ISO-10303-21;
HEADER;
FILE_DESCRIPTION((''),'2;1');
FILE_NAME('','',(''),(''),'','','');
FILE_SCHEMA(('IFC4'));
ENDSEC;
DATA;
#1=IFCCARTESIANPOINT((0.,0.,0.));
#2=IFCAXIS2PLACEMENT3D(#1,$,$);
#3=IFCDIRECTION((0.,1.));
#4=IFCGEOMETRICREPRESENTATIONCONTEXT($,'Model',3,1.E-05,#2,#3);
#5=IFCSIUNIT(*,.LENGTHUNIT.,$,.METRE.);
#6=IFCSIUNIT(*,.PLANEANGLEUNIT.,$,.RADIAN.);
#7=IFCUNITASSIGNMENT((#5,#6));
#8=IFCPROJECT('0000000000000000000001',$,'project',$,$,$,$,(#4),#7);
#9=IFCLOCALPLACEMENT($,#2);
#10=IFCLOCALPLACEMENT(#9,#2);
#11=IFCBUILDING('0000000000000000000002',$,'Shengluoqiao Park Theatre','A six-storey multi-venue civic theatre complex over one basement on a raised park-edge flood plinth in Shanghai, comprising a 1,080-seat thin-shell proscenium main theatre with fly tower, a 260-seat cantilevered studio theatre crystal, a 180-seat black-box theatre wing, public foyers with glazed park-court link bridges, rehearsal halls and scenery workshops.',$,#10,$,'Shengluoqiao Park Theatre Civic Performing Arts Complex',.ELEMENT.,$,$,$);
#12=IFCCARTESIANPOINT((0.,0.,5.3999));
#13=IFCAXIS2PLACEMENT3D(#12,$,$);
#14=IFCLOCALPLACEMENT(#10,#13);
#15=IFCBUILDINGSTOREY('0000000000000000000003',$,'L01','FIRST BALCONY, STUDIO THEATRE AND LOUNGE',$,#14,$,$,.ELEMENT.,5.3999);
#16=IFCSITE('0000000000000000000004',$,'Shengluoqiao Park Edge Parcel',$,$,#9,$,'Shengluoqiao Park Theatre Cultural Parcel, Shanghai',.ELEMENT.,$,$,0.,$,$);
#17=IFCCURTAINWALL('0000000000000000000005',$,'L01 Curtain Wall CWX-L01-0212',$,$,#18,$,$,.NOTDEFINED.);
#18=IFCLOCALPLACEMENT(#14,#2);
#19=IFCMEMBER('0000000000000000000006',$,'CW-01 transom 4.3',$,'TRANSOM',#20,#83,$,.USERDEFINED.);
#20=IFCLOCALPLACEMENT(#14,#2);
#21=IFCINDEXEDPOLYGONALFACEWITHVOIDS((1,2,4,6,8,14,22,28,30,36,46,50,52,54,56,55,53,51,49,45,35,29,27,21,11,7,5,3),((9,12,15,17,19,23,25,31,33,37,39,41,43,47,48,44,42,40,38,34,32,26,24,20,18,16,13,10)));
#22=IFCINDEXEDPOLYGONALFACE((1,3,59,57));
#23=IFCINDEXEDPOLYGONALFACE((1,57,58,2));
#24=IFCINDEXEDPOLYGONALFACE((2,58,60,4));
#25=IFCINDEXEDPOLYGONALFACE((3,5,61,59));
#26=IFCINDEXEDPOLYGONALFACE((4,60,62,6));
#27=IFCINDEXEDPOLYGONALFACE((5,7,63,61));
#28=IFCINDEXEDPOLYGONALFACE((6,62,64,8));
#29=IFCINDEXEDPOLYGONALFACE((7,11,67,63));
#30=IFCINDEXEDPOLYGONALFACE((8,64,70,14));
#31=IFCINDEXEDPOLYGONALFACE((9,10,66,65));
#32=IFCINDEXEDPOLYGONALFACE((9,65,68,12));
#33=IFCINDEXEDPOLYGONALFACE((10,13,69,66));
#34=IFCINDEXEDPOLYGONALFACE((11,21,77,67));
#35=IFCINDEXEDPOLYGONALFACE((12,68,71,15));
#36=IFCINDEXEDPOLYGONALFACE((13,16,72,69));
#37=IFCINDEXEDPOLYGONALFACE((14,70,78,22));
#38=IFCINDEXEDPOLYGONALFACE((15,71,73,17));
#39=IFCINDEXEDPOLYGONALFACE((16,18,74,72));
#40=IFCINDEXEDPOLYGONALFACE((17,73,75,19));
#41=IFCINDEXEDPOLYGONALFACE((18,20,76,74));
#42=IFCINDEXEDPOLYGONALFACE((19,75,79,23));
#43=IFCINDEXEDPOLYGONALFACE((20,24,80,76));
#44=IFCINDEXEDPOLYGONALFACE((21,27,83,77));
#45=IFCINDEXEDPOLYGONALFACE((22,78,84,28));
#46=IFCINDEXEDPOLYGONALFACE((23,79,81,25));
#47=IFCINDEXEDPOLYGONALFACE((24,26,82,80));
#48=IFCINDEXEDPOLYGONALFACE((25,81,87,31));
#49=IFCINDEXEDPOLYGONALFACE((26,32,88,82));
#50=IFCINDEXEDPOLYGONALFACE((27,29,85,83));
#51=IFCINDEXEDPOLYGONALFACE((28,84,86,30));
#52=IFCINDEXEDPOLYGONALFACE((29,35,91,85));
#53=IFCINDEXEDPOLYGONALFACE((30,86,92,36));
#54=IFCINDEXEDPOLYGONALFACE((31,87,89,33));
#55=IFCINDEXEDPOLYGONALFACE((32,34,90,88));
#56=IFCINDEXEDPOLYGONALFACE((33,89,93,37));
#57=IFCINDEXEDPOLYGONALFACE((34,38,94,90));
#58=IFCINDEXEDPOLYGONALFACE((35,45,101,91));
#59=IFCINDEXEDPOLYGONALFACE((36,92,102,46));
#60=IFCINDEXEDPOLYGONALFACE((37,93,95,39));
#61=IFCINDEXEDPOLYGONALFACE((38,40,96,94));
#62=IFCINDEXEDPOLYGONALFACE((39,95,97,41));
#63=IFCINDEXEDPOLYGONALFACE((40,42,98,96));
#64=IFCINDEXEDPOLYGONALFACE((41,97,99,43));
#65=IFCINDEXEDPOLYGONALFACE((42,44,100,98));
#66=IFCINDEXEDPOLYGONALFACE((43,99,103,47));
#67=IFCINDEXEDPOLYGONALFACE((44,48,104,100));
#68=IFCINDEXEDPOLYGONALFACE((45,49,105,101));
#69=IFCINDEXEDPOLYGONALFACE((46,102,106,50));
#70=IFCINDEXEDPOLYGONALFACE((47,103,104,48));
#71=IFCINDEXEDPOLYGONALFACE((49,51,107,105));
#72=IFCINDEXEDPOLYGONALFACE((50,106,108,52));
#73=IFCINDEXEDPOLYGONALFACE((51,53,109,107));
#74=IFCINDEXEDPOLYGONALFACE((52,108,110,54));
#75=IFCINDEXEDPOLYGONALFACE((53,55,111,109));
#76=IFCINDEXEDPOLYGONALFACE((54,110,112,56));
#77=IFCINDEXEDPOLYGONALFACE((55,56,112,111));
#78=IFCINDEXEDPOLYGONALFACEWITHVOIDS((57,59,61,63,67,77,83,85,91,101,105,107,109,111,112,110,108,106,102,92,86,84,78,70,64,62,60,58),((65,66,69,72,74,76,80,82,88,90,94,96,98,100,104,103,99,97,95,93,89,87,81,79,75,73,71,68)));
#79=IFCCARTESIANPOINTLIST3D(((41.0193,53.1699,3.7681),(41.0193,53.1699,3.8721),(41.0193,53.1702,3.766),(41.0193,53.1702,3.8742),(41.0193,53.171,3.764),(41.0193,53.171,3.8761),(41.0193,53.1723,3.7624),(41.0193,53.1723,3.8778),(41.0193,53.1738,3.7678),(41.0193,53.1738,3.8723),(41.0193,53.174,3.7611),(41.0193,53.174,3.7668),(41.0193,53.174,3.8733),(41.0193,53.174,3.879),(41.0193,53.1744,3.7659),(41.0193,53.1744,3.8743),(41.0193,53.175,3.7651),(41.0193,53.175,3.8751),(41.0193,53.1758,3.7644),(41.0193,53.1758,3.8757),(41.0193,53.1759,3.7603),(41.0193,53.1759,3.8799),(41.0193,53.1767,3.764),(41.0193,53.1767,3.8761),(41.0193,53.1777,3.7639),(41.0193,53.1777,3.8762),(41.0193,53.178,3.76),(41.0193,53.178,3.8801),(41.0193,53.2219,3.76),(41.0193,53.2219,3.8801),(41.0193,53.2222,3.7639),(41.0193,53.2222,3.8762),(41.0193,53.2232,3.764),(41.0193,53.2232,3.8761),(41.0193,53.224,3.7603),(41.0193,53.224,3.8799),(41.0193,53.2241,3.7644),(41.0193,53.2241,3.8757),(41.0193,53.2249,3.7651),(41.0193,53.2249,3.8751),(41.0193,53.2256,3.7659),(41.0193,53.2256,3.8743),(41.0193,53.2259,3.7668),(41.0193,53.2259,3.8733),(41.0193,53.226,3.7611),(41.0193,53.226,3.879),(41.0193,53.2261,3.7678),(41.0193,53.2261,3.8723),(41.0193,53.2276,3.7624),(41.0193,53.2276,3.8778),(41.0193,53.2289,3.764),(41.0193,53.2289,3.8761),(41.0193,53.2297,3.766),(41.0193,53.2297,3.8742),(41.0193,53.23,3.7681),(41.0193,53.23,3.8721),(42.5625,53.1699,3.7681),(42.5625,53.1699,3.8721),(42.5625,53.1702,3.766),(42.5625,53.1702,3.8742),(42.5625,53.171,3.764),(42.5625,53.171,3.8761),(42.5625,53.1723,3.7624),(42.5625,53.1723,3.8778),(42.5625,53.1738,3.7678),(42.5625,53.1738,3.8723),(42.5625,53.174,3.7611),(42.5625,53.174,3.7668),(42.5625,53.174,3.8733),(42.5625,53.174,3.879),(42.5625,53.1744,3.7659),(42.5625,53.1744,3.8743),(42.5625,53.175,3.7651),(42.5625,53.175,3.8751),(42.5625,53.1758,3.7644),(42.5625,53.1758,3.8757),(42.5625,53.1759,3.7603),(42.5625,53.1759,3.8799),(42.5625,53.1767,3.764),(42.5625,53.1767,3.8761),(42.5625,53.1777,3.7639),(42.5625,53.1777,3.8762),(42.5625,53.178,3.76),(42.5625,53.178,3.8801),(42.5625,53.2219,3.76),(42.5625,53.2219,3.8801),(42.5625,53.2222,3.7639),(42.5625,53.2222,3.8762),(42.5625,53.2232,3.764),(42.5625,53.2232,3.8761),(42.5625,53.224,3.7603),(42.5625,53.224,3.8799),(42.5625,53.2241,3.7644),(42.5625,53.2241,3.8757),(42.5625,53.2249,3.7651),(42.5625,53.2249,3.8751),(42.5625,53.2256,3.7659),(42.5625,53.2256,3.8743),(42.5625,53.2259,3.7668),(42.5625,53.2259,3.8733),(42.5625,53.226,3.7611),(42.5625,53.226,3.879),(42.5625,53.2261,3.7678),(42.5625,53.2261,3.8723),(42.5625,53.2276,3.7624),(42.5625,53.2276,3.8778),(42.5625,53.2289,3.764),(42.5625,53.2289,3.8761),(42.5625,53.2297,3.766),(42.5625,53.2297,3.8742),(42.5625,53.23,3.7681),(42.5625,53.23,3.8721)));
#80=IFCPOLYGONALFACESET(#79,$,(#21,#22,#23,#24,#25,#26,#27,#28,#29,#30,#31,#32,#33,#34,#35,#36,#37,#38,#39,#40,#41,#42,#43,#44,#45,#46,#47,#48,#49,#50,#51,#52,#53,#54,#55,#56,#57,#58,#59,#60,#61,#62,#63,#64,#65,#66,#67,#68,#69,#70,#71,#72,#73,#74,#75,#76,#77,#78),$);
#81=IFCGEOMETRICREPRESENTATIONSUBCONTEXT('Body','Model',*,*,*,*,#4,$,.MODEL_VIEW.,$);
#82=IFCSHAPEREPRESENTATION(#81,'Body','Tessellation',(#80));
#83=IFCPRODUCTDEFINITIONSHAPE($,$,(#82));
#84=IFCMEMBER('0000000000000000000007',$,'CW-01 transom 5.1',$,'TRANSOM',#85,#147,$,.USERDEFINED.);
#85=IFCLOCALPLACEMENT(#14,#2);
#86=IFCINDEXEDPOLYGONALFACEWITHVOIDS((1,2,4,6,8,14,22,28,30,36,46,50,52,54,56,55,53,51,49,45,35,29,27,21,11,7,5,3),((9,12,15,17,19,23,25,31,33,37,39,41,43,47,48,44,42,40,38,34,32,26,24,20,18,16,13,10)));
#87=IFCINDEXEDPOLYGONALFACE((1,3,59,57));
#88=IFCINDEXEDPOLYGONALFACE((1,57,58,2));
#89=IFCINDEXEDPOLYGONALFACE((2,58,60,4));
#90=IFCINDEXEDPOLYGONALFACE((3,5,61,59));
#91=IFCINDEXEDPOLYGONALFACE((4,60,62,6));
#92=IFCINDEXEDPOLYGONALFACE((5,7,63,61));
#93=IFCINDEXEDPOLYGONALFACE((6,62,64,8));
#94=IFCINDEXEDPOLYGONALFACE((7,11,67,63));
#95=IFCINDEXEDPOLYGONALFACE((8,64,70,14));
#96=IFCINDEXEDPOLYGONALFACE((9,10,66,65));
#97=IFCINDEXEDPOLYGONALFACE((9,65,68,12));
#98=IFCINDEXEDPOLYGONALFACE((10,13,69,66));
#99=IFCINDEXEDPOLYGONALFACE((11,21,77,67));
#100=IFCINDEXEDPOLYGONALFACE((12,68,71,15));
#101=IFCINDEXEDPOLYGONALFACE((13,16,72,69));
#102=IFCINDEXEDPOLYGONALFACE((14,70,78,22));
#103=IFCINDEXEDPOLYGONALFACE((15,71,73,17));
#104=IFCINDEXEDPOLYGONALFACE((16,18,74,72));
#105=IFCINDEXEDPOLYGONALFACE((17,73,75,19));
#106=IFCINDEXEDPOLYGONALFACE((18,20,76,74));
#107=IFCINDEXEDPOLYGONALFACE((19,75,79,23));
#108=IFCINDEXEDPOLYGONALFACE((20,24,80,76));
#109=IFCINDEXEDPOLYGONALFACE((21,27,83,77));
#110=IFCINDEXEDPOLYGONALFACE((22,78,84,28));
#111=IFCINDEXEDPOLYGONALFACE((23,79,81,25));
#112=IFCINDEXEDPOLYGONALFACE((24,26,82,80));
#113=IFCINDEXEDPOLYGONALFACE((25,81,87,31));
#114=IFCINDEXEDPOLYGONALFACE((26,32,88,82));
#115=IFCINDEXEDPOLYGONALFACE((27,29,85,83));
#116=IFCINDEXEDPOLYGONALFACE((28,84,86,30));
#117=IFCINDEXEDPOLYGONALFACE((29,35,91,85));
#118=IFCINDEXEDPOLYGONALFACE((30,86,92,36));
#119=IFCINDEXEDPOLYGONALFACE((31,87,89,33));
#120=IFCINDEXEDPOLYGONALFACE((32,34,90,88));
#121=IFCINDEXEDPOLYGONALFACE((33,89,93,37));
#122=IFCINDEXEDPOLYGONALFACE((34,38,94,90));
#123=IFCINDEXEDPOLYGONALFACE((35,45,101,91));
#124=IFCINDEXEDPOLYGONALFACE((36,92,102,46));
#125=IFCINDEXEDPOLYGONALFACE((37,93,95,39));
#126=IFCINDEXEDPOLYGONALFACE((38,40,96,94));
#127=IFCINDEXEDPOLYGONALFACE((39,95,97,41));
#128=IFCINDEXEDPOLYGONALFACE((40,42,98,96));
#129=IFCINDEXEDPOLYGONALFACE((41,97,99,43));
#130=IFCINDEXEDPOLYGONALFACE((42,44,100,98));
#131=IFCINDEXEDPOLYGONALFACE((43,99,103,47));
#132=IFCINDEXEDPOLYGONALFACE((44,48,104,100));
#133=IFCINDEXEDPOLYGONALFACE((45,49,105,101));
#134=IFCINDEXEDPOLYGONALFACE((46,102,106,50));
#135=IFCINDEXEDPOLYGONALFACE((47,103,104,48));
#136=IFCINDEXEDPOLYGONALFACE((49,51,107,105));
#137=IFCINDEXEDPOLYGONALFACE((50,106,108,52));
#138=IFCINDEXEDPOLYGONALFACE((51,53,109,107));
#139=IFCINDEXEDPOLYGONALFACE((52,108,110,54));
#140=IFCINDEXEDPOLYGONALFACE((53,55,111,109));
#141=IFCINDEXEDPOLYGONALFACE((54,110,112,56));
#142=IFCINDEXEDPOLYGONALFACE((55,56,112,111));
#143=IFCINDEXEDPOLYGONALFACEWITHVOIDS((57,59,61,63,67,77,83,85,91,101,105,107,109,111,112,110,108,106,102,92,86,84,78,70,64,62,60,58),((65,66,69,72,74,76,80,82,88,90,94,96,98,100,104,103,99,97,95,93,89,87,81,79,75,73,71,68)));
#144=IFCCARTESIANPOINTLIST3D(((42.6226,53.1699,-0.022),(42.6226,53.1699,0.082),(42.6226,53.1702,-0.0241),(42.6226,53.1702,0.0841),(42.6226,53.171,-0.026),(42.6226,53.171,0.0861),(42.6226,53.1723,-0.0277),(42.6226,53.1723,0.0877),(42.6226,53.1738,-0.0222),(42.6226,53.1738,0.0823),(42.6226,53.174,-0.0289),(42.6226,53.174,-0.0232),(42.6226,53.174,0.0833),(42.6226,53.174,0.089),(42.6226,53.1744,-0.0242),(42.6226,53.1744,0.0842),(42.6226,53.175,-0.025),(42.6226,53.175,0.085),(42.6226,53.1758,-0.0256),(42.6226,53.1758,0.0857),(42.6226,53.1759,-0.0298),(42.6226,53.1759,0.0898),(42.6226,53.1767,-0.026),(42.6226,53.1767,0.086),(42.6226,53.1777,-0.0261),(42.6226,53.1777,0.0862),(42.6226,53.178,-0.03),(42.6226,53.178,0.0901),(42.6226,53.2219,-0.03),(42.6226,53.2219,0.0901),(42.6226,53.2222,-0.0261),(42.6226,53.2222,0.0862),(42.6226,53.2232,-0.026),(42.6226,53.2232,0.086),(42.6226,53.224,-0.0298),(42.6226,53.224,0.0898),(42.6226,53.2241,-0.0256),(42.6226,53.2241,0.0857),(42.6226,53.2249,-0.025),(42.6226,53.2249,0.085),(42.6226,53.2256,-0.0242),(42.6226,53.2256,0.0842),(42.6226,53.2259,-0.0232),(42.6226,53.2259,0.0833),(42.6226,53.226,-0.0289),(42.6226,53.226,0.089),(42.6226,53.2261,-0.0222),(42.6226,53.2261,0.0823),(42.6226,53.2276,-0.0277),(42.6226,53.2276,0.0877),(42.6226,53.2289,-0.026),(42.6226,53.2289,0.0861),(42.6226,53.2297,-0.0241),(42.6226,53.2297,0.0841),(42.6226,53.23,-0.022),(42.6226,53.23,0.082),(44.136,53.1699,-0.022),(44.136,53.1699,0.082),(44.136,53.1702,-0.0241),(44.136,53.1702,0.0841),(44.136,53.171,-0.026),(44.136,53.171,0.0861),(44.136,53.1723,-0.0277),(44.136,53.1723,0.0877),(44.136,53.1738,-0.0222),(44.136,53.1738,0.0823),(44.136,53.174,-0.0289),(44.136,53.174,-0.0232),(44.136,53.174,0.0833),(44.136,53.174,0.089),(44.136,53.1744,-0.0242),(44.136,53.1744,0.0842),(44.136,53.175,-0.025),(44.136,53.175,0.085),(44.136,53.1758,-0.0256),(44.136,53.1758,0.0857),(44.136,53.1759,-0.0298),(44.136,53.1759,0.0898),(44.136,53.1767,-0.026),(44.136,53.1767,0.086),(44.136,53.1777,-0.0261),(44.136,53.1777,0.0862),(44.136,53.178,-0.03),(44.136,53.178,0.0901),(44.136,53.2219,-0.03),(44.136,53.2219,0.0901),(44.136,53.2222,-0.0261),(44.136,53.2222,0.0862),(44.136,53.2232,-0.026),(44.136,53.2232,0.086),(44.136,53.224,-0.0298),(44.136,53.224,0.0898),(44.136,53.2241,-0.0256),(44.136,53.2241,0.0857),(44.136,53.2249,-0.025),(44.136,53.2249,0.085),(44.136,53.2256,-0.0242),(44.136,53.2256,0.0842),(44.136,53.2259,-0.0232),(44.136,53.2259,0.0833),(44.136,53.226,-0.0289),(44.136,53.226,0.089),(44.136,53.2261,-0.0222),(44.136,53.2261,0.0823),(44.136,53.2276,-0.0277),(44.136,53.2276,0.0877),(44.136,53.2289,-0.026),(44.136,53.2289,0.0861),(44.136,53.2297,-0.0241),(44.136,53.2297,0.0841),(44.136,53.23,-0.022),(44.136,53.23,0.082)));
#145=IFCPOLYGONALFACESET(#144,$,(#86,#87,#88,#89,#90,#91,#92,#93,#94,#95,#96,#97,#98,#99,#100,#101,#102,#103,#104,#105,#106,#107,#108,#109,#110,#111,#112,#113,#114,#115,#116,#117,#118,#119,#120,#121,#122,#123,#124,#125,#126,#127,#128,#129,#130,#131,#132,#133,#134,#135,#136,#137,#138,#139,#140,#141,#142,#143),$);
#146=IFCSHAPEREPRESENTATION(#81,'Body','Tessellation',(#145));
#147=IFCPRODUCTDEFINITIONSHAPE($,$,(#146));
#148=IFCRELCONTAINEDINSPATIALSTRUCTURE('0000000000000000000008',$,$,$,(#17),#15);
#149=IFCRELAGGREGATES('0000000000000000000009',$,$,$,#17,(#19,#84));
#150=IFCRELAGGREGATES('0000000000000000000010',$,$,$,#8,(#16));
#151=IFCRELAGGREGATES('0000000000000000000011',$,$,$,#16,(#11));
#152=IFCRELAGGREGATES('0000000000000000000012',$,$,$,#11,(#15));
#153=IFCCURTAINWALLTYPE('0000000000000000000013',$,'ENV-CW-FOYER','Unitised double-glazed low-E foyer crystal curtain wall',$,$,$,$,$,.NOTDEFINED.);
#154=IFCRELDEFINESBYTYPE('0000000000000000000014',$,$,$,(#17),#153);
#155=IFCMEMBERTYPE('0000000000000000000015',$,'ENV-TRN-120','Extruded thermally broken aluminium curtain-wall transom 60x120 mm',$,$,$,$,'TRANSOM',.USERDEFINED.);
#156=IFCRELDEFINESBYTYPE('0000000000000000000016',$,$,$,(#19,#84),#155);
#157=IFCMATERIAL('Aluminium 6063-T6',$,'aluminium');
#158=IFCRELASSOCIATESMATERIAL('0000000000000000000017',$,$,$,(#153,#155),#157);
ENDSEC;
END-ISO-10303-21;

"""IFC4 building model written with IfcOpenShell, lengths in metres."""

from ifc_helpers import new_model, si_unit, direction, frame, origin, origin_2d, place, context, subcontext, project, spatial, hollow_rectangle, extrude, material, material_profile, profile_set, type_object, element, aggregate, save


model = new_model("IFC4")

# Units and contexts
model_context = context("Model", 3, precision=1e-05, world=origin(), true_north=direction((0.0, 1.0)))
body_context = subcontext(model_context, "Body", "Model", "MODEL_VIEW")
ifc_project = project(units=[si_unit("LENGTHUNIT", "METRE"), si_unit("PLANEANGLEUNIT", "RADIAN")], contexts=[model_context])

# Site, building, storey
site_placement = place(None, origin())
site = spatial("IfcSite", under=ifc_project, at=site_placement, Name="Shengluoqiao Park Edge Parcel", LongName="Shengluoqiao Park Theatre Cultural Parcel, Shanghai", CompositionType="ELEMENT", RefElevation=0.0)
building_placement = place(site_placement, origin())
building = spatial("IfcBuilding", under=site, at=building_placement, Name="Shengluoqiao Park Theatre", Description="A six-storey multi-venue civic theatre complex over one basement on a raised park-edge flood plinth in Shanghai, comprising a 1,080-seat thin-shell proscenium main theatre with fly tower, a 260-seat cantilevered studio theatre crystal, a 180-seat black-box theatre wing, public foyers with glazed park-court link bridges, rehearsal halls and scenery workshops.", LongName="Shengluoqiao Park Theatre Civic Performing Arts Complex", CompositionType="ELEMENT")
storey_placement = place(building_placement, frame((0.0, 0.0, 5.3999)))
storey = spatial("IfcBuildingStorey", under=building, at=storey_placement, Name="L01", Description="FIRST BALCONY, STUDIO THEATRE AND LOUNGE", CompositionType="ELEMENT", Elevation=5.3999)

# Curtain wall, members
ifc_material_1 = material(Name="Aluminium 6063-T6", Category="aluminium")
curtain_wall_type = type_object("IfcCurtainWallType", Name="ENV-CW-FOYER", Description="Unitised double-glazed low-E foyer crystal curtain wall", PredefinedType="NOTDEFINED", material=ifc_material_1)
curtain_wall_placement = place(storey_placement, origin())
curtain_wall = element("IfcCurtainWall", 1, at=curtain_wall_placement, inside=storey, type_object=curtain_wall_type, Name="L01 Curtain Wall CWX-L01-0212", PredefinedType="NOTDEFINED")
ifc_material_profile_1 = material_profile(ifc_material_1, hollow_rectangle(XDim=0.0601, YDim=0.1201, WallThickness=0.0039, InnerFilletRadius=0.0039, OuterFilletRadius=0.0081, at=origin_2d()), Name="ALU TRANSOM 120x60x4")
ifc_profile_set_1 = profile_set([ifc_material_profile_1], Name="Aluminium 6063-T6")
member_type_1 = type_object("IfcMemberType", Name="ENV-TRN-120", Description="Extruded thermally broken aluminium curtain-wall transom 60x120 mm", ElementType="TRANSOM", PredefinedType="USERDEFINED", material=ifc_profile_set_1)
member_1_placement = place(storey_placement, frame((41.0193, 53.2, 3.8201), z_axis=(1.0, 0.0, 0.0), x_axis=(0.0, 1.0, 0.0)))
member_1 = element("IfcMember", 2, at=member_1_placement, type_object=member_type_1, Name="CW-01 transom 4.3", ObjectType="TRANSOM", PredefinedType="USERDEFINED", context=body_context, shape_type="SweptSolid", body=[
    extrude(hollow_rectangle(XDim=0.0601, YDim=0.1201, WallThickness=0.0039, InnerFilletRadius=0.0039, OuterFilletRadius=0.0081, at=origin_2d()), origin(), (0.0, 0.0, 1.0), 1.5432),
])
member_2_placement = place(storey_placement, frame((42.6226, 53.2, 0.03), z_axis=(1.0, 0.0, 0.0), x_axis=(0.0, 1.0, 0.0)))
member_2 = element("IfcMember", 3, at=member_2_placement, type_object=member_type_1, Name="CW-01 transom 5.1", ObjectType="TRANSOM", PredefinedType="USERDEFINED", context=body_context, shape_type="SweptSolid", body=[
    extrude(hollow_rectangle(XDim=0.0601, YDim=0.1201, WallThickness=0.0039, InnerFilletRadius=0.0039, OuterFilletRadius=0.0081, at=origin_2d()), origin(), (0.0, 0.0, 1.0), 1.5134),
])

aggregate(curtain_wall, [member_1, member_2])

save(model, "model.ifc")
